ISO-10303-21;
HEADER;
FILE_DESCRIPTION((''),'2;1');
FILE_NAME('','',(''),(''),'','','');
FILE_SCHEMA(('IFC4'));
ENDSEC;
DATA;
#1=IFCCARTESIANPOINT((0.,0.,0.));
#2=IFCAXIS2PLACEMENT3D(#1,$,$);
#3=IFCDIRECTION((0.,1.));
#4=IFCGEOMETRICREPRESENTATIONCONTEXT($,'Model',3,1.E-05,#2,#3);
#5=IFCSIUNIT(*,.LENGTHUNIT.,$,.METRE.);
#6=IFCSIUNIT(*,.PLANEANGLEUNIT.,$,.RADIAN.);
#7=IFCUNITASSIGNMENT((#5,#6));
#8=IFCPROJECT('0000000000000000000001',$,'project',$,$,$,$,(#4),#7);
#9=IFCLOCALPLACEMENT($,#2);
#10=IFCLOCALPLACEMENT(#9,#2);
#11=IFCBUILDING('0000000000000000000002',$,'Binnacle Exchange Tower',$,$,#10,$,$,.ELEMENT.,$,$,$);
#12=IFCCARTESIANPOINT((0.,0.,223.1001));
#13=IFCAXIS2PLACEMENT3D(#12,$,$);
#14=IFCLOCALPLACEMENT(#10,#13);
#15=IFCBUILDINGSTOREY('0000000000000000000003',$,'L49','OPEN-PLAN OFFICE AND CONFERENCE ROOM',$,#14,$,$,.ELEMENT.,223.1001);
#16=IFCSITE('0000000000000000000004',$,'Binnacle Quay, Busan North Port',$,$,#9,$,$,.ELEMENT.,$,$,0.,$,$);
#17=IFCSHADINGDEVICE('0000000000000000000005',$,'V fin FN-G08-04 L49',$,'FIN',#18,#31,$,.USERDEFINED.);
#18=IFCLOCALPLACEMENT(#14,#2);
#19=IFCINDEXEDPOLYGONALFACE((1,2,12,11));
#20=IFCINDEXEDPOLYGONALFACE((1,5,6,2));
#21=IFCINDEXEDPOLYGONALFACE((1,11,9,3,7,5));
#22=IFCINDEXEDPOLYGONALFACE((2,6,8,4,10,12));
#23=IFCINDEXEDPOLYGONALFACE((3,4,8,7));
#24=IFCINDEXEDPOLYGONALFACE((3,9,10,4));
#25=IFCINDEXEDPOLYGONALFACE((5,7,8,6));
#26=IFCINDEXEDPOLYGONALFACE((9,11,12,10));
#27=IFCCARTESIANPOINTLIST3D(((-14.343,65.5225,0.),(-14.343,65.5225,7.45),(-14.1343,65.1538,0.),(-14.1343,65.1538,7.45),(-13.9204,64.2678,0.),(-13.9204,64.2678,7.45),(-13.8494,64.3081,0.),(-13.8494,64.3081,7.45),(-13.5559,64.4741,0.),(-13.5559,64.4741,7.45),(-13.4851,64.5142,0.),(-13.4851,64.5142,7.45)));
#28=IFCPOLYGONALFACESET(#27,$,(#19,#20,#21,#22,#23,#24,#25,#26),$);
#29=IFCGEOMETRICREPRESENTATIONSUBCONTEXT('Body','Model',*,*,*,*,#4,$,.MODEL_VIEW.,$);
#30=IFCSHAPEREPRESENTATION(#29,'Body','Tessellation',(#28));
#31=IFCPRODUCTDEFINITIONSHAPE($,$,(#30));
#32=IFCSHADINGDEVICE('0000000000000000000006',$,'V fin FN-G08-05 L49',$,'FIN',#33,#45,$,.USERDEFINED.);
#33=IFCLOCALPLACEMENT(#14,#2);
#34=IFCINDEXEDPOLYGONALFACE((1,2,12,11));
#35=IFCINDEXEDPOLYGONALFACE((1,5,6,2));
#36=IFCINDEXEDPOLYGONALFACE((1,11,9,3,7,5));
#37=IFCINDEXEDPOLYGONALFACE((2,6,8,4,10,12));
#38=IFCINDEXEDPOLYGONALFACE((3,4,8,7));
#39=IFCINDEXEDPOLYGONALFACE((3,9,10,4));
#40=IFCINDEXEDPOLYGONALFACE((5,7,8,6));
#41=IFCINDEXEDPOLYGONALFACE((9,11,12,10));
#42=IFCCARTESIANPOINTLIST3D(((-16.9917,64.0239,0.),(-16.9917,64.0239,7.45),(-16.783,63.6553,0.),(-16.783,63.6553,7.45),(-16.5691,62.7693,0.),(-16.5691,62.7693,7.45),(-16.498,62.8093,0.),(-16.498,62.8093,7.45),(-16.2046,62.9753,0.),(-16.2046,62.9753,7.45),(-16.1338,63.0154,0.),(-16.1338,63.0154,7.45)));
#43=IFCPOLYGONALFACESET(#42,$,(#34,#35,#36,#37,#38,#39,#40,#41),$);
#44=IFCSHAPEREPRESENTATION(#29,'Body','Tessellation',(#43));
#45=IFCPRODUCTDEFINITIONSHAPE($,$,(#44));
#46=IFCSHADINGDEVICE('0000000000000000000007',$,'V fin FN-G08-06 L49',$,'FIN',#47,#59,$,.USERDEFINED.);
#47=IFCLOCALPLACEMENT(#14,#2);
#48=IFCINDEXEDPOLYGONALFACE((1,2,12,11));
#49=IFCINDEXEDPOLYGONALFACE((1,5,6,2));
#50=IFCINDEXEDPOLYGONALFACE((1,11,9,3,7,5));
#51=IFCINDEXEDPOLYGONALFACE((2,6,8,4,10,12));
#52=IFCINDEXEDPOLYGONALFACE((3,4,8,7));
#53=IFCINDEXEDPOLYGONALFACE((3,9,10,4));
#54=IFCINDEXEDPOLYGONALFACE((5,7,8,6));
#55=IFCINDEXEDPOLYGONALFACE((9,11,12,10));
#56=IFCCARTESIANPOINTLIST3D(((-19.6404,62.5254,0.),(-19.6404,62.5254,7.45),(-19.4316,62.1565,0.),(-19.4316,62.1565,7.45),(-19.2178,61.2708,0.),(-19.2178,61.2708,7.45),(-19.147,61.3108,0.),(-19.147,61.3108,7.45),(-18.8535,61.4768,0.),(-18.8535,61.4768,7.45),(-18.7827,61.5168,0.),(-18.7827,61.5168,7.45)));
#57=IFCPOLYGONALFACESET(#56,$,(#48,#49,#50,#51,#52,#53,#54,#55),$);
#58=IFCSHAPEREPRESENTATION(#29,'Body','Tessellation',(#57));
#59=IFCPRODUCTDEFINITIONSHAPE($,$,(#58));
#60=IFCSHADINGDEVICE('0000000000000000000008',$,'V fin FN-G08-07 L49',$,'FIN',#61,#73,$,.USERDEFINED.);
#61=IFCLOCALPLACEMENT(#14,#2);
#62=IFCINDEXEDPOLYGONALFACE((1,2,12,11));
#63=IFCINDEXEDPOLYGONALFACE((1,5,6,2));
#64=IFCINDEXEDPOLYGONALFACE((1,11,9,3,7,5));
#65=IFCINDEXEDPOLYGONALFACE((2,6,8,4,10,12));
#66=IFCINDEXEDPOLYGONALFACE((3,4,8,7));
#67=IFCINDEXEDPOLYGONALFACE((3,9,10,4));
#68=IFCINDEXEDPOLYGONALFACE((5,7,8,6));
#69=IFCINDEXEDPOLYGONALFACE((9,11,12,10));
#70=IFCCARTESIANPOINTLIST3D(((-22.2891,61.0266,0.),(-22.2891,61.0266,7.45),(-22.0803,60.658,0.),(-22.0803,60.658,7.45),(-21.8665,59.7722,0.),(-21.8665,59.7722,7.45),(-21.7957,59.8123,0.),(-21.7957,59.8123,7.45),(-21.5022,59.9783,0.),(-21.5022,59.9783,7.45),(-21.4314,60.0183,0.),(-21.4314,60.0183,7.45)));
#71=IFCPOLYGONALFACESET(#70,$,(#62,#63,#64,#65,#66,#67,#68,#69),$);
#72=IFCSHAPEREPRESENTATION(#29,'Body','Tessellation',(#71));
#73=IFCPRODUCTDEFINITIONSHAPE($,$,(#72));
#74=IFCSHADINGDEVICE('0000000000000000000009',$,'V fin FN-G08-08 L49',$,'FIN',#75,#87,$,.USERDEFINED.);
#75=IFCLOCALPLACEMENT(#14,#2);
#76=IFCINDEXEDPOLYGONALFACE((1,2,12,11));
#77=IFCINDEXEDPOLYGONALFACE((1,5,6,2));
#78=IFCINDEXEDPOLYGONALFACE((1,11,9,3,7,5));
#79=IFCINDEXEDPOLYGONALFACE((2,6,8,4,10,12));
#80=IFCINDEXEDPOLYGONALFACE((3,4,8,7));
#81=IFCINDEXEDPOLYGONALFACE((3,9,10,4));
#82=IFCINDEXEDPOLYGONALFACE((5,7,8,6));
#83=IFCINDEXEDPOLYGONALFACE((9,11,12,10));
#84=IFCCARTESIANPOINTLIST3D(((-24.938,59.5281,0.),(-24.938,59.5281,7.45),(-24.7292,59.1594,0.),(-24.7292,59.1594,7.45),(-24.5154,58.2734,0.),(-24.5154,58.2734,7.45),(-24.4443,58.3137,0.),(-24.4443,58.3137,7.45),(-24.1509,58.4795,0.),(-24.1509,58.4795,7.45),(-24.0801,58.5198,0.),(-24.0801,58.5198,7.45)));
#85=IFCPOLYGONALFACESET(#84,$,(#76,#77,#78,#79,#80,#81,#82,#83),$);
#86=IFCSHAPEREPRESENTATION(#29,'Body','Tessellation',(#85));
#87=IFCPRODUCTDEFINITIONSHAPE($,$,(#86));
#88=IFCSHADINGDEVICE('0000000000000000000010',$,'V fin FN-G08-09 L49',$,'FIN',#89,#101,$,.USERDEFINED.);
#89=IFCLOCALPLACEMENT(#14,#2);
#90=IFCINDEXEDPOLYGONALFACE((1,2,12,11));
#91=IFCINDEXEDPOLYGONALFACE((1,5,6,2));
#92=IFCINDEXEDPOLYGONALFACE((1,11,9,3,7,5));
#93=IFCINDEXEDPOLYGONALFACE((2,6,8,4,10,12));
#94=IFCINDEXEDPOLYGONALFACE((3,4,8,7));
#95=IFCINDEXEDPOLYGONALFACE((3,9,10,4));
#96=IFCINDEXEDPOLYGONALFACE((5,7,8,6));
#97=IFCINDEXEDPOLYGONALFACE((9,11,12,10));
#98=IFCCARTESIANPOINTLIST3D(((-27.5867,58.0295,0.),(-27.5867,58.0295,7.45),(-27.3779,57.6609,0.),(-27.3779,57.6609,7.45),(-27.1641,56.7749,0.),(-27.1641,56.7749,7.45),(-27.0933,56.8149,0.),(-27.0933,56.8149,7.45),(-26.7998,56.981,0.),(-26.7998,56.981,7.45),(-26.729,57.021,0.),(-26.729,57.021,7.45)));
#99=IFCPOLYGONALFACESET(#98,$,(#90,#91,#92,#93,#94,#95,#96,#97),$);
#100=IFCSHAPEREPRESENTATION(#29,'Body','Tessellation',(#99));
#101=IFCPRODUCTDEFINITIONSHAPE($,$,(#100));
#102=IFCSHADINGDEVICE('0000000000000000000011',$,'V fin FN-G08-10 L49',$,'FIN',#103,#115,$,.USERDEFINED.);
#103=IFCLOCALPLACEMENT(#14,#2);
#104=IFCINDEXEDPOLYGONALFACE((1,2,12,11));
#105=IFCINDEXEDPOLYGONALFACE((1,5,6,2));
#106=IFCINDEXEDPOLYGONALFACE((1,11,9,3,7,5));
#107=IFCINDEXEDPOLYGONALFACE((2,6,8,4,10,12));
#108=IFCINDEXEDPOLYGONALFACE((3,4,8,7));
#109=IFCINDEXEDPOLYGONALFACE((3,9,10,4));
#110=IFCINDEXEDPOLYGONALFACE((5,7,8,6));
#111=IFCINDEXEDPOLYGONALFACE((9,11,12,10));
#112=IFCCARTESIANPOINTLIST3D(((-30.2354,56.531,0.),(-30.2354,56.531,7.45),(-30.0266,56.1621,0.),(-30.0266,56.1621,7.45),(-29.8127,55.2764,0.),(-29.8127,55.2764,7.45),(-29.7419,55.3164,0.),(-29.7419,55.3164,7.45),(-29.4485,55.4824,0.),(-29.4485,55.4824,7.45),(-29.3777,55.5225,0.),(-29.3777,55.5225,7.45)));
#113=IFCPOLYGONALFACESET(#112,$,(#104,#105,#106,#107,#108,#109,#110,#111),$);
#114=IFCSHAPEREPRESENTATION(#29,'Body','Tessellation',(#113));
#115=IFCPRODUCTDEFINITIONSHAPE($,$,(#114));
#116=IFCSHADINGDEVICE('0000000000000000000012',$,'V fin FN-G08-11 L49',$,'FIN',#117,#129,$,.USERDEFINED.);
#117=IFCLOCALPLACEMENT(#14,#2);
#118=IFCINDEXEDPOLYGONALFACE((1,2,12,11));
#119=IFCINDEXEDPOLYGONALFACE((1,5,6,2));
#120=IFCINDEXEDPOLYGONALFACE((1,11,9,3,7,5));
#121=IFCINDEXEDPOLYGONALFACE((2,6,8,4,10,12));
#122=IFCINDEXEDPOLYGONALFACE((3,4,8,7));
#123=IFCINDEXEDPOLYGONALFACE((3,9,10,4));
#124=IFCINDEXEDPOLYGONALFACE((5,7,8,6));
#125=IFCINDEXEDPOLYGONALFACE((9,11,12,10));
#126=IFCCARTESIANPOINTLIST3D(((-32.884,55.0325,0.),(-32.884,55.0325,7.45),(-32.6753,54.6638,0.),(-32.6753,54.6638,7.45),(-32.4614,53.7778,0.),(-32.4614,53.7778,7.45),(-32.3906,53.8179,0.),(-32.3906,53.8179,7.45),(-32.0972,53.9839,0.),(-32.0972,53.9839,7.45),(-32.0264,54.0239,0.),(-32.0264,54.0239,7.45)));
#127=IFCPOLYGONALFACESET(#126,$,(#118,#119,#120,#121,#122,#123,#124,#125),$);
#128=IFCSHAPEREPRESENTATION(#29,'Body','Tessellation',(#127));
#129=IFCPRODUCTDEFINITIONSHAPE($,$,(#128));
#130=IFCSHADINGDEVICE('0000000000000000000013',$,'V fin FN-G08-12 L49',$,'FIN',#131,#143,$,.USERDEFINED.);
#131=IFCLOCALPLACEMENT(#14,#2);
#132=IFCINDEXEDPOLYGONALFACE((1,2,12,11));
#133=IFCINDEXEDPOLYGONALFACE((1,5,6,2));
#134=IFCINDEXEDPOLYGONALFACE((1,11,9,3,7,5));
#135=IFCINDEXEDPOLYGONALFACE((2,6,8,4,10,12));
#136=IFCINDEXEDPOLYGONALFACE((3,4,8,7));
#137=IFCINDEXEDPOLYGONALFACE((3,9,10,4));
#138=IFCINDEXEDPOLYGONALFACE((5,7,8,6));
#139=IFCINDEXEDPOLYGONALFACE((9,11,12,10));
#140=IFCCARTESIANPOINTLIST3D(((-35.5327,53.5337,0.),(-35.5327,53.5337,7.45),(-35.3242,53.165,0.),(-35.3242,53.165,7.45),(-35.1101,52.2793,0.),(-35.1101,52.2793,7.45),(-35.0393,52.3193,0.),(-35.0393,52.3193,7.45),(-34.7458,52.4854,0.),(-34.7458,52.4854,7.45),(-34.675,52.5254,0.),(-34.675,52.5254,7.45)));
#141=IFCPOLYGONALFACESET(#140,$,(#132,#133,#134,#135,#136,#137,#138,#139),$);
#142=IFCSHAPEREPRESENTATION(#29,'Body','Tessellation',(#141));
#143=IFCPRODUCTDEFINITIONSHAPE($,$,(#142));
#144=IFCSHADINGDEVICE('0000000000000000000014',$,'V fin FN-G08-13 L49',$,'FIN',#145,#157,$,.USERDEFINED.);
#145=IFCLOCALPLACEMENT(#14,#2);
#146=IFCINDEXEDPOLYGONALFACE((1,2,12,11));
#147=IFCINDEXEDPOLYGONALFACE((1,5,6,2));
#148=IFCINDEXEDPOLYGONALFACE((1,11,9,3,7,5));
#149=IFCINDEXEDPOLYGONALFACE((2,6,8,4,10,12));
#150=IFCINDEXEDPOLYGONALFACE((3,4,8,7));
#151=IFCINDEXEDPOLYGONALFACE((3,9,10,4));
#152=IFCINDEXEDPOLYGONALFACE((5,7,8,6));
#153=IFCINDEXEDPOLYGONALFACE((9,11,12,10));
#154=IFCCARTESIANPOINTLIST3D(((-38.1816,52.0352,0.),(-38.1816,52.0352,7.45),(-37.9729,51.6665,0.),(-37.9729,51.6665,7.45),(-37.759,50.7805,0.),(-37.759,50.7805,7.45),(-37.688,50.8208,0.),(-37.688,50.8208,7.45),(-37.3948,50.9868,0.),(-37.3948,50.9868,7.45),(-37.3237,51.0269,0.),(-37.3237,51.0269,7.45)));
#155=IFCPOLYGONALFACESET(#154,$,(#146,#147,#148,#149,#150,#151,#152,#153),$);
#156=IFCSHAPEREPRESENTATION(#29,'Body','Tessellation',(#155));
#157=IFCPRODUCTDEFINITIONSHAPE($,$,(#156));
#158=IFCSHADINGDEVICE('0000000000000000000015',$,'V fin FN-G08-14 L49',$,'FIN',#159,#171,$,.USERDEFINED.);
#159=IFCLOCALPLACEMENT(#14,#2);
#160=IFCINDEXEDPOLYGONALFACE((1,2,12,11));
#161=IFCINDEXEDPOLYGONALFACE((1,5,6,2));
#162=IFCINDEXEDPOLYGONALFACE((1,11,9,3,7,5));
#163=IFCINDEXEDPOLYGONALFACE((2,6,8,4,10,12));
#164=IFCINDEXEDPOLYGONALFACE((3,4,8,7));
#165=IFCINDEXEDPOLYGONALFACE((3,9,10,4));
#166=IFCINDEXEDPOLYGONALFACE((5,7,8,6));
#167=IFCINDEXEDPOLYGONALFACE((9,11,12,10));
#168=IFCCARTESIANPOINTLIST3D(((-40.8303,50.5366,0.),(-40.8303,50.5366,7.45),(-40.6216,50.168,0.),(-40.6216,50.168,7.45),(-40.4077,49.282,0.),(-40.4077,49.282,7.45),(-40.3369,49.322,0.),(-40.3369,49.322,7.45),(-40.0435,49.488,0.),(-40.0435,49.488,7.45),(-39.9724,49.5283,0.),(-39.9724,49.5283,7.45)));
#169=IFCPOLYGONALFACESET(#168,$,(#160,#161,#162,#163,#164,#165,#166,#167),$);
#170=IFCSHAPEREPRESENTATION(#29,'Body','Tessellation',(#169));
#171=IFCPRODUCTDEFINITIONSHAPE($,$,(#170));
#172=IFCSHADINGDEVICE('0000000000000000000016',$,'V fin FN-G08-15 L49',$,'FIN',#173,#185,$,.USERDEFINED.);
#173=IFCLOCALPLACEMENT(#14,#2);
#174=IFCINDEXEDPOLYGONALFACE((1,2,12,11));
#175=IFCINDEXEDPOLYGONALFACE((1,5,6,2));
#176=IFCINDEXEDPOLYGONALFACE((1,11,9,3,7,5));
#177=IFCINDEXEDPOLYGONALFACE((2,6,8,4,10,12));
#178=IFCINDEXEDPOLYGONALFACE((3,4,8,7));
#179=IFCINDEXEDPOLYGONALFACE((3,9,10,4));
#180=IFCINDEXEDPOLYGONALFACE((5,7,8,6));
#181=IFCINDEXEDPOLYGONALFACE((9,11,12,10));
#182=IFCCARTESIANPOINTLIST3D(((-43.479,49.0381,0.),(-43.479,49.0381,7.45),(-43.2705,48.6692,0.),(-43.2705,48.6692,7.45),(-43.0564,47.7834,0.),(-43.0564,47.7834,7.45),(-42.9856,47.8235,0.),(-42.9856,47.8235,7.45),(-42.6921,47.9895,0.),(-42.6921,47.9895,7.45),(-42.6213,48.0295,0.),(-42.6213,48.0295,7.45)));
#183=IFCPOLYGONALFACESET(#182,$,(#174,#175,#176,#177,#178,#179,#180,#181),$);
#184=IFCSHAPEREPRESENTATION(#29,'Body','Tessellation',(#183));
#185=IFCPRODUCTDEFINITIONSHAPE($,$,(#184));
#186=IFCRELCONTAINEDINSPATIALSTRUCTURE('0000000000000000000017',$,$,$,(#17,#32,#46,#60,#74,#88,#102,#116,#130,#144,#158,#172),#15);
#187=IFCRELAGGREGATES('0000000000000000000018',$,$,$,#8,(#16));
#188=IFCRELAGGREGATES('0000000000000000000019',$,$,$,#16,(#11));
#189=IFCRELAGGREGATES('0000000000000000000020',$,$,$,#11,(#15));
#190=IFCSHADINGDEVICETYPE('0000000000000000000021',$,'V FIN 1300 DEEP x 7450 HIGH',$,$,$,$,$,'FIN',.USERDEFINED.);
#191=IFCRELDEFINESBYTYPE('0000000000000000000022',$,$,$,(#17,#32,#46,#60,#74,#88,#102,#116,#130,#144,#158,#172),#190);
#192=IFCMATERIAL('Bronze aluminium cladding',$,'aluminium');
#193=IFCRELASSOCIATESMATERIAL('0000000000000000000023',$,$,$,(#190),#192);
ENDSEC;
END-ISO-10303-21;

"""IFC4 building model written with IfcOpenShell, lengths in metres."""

from ifc_helpers import new_model, si_unit, direction, frame, origin, place, context, subcontext, project, spatial, polyline, outline, extrude, material, type_object, element, save


model = new_model("IFC4")

# Units and contexts
model_context = context("Model", 3, precision=1e-05, world=origin(), true_north=direction((0.0, 1.0)))
body_context = subcontext(model_context, "Body", "Model", "MODEL_VIEW")
ifc_project = project(units=[si_unit("LENGTHUNIT", "METRE"), si_unit("PLANEANGLEUNIT", "RADIAN")], contexts=[model_context])

# Site, building, storey
site_placement = place(None, origin())
site = spatial("IfcSite", under=ifc_project, at=site_placement, Name="Binnacle Quay, Busan North Port", CompositionType="ELEMENT", RefElevation=0.0)
building_placement = place(site_placement, origin())
building = spatial("IfcBuilding", under=site, at=building_placement, Name="Binnacle Exchange Tower", CompositionType="ELEMENT")
storey_placement = place(building_placement, frame((0.0, 0.0, 223.1001)))
storey = spatial("IfcBuildingStorey", under=building, at=storey_placement, Name="L49", Description="OPEN-PLAN OFFICE AND CONFERENCE ROOM", CompositionType="ELEMENT", Elevation=223.1001)

# Shading devices
ifc_material_1 = material(Name="Bronze aluminium cladding", Category="aluminium")
shading_device_type = type_object("IfcShadingDeviceType", Name="V FIN 1300 DEEP x 7450 HIGH", ElementType="FIN", PredefinedType="USERDEFINED", material=ifc_material_1)
shading_device_1_placement = place(storey_placement, origin())
element("IfcShadingDevice", 1, at=shading_device_1_placement, inside=storey, type_object=shading_device_type, Name="V fin FN-G08-04 L49", ObjectType="FIN", PredefinedType="USERDEFINED", context=body_context, shape_type="SweptSolid", body=[
    extrude(outline(polyline([(-13.4851, 64.5142), (-14.343, 65.5225), (-13.9204, 64.2678), (-13.8494, 64.3081), (-14.1343, 65.1538), (-13.5559, 64.4741), (-13.4851, 64.5142)])), origin(), (0.0, 0.0, 1.0), 7.45),
])
shading_device_2_placement = place(storey_placement, origin())
element("IfcShadingDevice", 2, at=shading_device_2_placement, inside=storey, type_object=shading_device_type, Name="V fin FN-G08-05 L49", ObjectType="FIN", PredefinedType="USERDEFINED", context=body_context, shape_type="SweptSolid", body=[
    extrude(outline(polyline([(-16.1338, 63.0154), (-16.9917, 64.0239), (-16.5691, 62.7693), (-16.498, 62.8093), (-16.783, 63.6553), (-16.2046, 62.9753), (-16.1338, 63.0154)])), origin(), (0.0, 0.0, 1.0), 7.45),
])
shading_device_3_placement = place(storey_placement, origin())
element("IfcShadingDevice", 3, at=shading_device_3_placement, inside=storey, type_object=shading_device_type, Name="V fin FN-G08-06 L49", ObjectType="FIN", PredefinedType="USERDEFINED", context=body_context, shape_type="SweptSolid", body=[
    extrude(outline(polyline([(-18.7827, 61.5168), (-19.6404, 62.5254), (-19.2178, 61.2708), (-19.147, 61.3108), (-19.4316, 62.1565), (-18.8535, 61.4768), (-18.7827, 61.5168)])), origin(), (0.0, 0.0, 1.0), 7.45),
])
shading_device_4_placement = place(storey_placement, origin())
element("IfcShadingDevice", 4, at=shading_device_4_placement, inside=storey, type_object=shading_device_type, Name="V fin FN-G08-07 L49", ObjectType="FIN", PredefinedType="USERDEFINED", context=body_context, shape_type="SweptSolid", body=[
    extrude(outline(polyline([(-21.4314, 60.0183), (-22.2891, 61.0266), (-21.8665, 59.7722), (-21.7957, 59.8123), (-22.0803, 60.658), (-21.5022, 59.9783), (-21.4314, 60.0183)])), origin(), (0.0, 0.0, 1.0), 7.45),
])
shading_device_5_placement = place(storey_placement, origin())
element("IfcShadingDevice", 5, at=shading_device_5_placement, inside=storey, type_object=shading_device_type, Name="V fin FN-G08-08 L49", ObjectType="FIN", PredefinedType="USERDEFINED", context=body_context, shape_type="SweptSolid", body=[
    extrude(outline(polyline([(-24.0801, 58.5198), (-24.938, 59.5281), (-24.5154, 58.2734), (-24.4443, 58.3137), (-24.7292, 59.1594), (-24.1509, 58.4795), (-24.0801, 58.5198)])), origin(), (0.0, 0.0, 1.0), 7.45),
])
shading_device_6_placement = place(storey_placement, origin())
element("IfcShadingDevice", 6, at=shading_device_6_placement, inside=storey, type_object=shading_device_type, Name="V fin FN-G08-09 L49", ObjectType="FIN", PredefinedType="USERDEFINED", context=body_context, shape_type="SweptSolid", body=[
    extrude(outline(polyline([(-26.729, 57.021), (-27.5867, 58.0295), (-27.1641, 56.7749), (-27.0933, 56.8149), (-27.3779, 57.6609), (-26.7998, 56.981), (-26.729, 57.021)])), origin(), (0.0, 0.0, 1.0), 7.45),
])
shading_device_7_placement = place(storey_placement, origin())
element("IfcShadingDevice", 7, at=shading_device_7_placement, inside=storey, type_object=shading_device_type, Name="V fin FN-G08-10 L49", ObjectType="FIN", PredefinedType="USERDEFINED", context=body_context, shape_type="SweptSolid", body=[
    extrude(outline(polyline([(-29.3777, 55.5225), (-30.2354, 56.531), (-29.8127, 55.2764), (-29.7419, 55.3164), (-30.0266, 56.1621), (-29.4485, 55.4824), (-29.3777, 55.5225)])), origin(), (0.0, 0.0, 1.0), 7.45),
])
shading_device_8_placement = place(storey_placement, origin())
element("IfcShadingDevice", 8, at=shading_device_8_placement, inside=storey, type_object=shading_device_type, Name="V fin FN-G08-11 L49", ObjectType="FIN", PredefinedType="USERDEFINED", context=body_context, shape_type="SweptSolid", body=[
    extrude(outline(polyline([(-32.0264, 54.0239), (-32.884, 55.0325), (-32.4614, 53.7778), (-32.3906, 53.8179), (-32.6753, 54.6638), (-32.0972, 53.9839), (-32.0264, 54.0239)])), origin(), (0.0, 0.0, 1.0), 7.45),
])
shading_device_9_placement = place(storey_placement, origin())
element("IfcShadingDevice", 9, at=shading_device_9_placement, inside=storey, type_object=shading_device_type, Name="V fin FN-G08-12 L49", ObjectType="FIN", PredefinedType="USERDEFINED", context=body_context, shape_type="SweptSolid", body=[
    extrude(outline(polyline([(-34.675, 52.5254), (-35.5327, 53.5337), (-35.1101, 52.2793), (-35.0393, 52.3193), (-35.3242, 53.165), (-34.7458, 52.4854), (-34.675, 52.5254)])), origin(), (0.0, 0.0, 1.0), 7.45),
])
shading_device_10_placement = place(storey_placement, origin())
element("IfcShadingDevice", 10, at=shading_device_10_placement, inside=storey, type_object=shading_device_type, Name="V fin FN-G08-13 L49", ObjectType="FIN", PredefinedType="USERDEFINED", context=body_context, shape_type="SweptSolid", body=[
    extrude(outline(polyline([(-37.3237, 51.0269), (-38.1816, 52.0352), (-37.759, 50.7805), (-37.688, 50.8208), (-37.9729, 51.6665), (-37.3948, 50.9868), (-37.3237, 51.0269)])), origin(), (0.0, 0.0, 1.0), 7.45),
])
shading_device_11_placement = place(storey_placement, origin())
element("IfcShadingDevice", 11, at=shading_device_11_placement, inside=storey, type_object=shading_device_type, Name="V fin FN-G08-14 L49", ObjectType="FIN", PredefinedType="USERDEFINED", context=body_context, shape_type="SweptSolid", body=[
    extrude(outline(polyline([(-39.9724, 49.5283), (-40.8303, 50.5366), (-40.4077, 49.282), (-40.3369, 49.322), (-40.6216, 50.168), (-40.0435, 49.488), (-39.9724, 49.5283)])), origin(), (0.0, 0.0, 1.0), 7.45),
])
shading_device_12_placement = place(storey_placement, origin())
element("IfcShadingDevice", 12, at=shading_device_12_placement, inside=storey, type_object=shading_device_type, Name="V fin FN-G08-15 L49", ObjectType="FIN", PredefinedType="USERDEFINED", context=body_context, shape_type="SweptSolid", body=[
    extrude(outline(polyline([(-42.6213, 48.0295), (-43.479, 49.0381), (-43.0564, 47.7834), (-42.9856, 47.8235), (-43.2705, 48.6692), (-42.6921, 47.9895), (-42.6213, 48.0295)])), origin(), (0.0, 0.0, 1.0), 7.45),
])

save(model, "model.ifc")
